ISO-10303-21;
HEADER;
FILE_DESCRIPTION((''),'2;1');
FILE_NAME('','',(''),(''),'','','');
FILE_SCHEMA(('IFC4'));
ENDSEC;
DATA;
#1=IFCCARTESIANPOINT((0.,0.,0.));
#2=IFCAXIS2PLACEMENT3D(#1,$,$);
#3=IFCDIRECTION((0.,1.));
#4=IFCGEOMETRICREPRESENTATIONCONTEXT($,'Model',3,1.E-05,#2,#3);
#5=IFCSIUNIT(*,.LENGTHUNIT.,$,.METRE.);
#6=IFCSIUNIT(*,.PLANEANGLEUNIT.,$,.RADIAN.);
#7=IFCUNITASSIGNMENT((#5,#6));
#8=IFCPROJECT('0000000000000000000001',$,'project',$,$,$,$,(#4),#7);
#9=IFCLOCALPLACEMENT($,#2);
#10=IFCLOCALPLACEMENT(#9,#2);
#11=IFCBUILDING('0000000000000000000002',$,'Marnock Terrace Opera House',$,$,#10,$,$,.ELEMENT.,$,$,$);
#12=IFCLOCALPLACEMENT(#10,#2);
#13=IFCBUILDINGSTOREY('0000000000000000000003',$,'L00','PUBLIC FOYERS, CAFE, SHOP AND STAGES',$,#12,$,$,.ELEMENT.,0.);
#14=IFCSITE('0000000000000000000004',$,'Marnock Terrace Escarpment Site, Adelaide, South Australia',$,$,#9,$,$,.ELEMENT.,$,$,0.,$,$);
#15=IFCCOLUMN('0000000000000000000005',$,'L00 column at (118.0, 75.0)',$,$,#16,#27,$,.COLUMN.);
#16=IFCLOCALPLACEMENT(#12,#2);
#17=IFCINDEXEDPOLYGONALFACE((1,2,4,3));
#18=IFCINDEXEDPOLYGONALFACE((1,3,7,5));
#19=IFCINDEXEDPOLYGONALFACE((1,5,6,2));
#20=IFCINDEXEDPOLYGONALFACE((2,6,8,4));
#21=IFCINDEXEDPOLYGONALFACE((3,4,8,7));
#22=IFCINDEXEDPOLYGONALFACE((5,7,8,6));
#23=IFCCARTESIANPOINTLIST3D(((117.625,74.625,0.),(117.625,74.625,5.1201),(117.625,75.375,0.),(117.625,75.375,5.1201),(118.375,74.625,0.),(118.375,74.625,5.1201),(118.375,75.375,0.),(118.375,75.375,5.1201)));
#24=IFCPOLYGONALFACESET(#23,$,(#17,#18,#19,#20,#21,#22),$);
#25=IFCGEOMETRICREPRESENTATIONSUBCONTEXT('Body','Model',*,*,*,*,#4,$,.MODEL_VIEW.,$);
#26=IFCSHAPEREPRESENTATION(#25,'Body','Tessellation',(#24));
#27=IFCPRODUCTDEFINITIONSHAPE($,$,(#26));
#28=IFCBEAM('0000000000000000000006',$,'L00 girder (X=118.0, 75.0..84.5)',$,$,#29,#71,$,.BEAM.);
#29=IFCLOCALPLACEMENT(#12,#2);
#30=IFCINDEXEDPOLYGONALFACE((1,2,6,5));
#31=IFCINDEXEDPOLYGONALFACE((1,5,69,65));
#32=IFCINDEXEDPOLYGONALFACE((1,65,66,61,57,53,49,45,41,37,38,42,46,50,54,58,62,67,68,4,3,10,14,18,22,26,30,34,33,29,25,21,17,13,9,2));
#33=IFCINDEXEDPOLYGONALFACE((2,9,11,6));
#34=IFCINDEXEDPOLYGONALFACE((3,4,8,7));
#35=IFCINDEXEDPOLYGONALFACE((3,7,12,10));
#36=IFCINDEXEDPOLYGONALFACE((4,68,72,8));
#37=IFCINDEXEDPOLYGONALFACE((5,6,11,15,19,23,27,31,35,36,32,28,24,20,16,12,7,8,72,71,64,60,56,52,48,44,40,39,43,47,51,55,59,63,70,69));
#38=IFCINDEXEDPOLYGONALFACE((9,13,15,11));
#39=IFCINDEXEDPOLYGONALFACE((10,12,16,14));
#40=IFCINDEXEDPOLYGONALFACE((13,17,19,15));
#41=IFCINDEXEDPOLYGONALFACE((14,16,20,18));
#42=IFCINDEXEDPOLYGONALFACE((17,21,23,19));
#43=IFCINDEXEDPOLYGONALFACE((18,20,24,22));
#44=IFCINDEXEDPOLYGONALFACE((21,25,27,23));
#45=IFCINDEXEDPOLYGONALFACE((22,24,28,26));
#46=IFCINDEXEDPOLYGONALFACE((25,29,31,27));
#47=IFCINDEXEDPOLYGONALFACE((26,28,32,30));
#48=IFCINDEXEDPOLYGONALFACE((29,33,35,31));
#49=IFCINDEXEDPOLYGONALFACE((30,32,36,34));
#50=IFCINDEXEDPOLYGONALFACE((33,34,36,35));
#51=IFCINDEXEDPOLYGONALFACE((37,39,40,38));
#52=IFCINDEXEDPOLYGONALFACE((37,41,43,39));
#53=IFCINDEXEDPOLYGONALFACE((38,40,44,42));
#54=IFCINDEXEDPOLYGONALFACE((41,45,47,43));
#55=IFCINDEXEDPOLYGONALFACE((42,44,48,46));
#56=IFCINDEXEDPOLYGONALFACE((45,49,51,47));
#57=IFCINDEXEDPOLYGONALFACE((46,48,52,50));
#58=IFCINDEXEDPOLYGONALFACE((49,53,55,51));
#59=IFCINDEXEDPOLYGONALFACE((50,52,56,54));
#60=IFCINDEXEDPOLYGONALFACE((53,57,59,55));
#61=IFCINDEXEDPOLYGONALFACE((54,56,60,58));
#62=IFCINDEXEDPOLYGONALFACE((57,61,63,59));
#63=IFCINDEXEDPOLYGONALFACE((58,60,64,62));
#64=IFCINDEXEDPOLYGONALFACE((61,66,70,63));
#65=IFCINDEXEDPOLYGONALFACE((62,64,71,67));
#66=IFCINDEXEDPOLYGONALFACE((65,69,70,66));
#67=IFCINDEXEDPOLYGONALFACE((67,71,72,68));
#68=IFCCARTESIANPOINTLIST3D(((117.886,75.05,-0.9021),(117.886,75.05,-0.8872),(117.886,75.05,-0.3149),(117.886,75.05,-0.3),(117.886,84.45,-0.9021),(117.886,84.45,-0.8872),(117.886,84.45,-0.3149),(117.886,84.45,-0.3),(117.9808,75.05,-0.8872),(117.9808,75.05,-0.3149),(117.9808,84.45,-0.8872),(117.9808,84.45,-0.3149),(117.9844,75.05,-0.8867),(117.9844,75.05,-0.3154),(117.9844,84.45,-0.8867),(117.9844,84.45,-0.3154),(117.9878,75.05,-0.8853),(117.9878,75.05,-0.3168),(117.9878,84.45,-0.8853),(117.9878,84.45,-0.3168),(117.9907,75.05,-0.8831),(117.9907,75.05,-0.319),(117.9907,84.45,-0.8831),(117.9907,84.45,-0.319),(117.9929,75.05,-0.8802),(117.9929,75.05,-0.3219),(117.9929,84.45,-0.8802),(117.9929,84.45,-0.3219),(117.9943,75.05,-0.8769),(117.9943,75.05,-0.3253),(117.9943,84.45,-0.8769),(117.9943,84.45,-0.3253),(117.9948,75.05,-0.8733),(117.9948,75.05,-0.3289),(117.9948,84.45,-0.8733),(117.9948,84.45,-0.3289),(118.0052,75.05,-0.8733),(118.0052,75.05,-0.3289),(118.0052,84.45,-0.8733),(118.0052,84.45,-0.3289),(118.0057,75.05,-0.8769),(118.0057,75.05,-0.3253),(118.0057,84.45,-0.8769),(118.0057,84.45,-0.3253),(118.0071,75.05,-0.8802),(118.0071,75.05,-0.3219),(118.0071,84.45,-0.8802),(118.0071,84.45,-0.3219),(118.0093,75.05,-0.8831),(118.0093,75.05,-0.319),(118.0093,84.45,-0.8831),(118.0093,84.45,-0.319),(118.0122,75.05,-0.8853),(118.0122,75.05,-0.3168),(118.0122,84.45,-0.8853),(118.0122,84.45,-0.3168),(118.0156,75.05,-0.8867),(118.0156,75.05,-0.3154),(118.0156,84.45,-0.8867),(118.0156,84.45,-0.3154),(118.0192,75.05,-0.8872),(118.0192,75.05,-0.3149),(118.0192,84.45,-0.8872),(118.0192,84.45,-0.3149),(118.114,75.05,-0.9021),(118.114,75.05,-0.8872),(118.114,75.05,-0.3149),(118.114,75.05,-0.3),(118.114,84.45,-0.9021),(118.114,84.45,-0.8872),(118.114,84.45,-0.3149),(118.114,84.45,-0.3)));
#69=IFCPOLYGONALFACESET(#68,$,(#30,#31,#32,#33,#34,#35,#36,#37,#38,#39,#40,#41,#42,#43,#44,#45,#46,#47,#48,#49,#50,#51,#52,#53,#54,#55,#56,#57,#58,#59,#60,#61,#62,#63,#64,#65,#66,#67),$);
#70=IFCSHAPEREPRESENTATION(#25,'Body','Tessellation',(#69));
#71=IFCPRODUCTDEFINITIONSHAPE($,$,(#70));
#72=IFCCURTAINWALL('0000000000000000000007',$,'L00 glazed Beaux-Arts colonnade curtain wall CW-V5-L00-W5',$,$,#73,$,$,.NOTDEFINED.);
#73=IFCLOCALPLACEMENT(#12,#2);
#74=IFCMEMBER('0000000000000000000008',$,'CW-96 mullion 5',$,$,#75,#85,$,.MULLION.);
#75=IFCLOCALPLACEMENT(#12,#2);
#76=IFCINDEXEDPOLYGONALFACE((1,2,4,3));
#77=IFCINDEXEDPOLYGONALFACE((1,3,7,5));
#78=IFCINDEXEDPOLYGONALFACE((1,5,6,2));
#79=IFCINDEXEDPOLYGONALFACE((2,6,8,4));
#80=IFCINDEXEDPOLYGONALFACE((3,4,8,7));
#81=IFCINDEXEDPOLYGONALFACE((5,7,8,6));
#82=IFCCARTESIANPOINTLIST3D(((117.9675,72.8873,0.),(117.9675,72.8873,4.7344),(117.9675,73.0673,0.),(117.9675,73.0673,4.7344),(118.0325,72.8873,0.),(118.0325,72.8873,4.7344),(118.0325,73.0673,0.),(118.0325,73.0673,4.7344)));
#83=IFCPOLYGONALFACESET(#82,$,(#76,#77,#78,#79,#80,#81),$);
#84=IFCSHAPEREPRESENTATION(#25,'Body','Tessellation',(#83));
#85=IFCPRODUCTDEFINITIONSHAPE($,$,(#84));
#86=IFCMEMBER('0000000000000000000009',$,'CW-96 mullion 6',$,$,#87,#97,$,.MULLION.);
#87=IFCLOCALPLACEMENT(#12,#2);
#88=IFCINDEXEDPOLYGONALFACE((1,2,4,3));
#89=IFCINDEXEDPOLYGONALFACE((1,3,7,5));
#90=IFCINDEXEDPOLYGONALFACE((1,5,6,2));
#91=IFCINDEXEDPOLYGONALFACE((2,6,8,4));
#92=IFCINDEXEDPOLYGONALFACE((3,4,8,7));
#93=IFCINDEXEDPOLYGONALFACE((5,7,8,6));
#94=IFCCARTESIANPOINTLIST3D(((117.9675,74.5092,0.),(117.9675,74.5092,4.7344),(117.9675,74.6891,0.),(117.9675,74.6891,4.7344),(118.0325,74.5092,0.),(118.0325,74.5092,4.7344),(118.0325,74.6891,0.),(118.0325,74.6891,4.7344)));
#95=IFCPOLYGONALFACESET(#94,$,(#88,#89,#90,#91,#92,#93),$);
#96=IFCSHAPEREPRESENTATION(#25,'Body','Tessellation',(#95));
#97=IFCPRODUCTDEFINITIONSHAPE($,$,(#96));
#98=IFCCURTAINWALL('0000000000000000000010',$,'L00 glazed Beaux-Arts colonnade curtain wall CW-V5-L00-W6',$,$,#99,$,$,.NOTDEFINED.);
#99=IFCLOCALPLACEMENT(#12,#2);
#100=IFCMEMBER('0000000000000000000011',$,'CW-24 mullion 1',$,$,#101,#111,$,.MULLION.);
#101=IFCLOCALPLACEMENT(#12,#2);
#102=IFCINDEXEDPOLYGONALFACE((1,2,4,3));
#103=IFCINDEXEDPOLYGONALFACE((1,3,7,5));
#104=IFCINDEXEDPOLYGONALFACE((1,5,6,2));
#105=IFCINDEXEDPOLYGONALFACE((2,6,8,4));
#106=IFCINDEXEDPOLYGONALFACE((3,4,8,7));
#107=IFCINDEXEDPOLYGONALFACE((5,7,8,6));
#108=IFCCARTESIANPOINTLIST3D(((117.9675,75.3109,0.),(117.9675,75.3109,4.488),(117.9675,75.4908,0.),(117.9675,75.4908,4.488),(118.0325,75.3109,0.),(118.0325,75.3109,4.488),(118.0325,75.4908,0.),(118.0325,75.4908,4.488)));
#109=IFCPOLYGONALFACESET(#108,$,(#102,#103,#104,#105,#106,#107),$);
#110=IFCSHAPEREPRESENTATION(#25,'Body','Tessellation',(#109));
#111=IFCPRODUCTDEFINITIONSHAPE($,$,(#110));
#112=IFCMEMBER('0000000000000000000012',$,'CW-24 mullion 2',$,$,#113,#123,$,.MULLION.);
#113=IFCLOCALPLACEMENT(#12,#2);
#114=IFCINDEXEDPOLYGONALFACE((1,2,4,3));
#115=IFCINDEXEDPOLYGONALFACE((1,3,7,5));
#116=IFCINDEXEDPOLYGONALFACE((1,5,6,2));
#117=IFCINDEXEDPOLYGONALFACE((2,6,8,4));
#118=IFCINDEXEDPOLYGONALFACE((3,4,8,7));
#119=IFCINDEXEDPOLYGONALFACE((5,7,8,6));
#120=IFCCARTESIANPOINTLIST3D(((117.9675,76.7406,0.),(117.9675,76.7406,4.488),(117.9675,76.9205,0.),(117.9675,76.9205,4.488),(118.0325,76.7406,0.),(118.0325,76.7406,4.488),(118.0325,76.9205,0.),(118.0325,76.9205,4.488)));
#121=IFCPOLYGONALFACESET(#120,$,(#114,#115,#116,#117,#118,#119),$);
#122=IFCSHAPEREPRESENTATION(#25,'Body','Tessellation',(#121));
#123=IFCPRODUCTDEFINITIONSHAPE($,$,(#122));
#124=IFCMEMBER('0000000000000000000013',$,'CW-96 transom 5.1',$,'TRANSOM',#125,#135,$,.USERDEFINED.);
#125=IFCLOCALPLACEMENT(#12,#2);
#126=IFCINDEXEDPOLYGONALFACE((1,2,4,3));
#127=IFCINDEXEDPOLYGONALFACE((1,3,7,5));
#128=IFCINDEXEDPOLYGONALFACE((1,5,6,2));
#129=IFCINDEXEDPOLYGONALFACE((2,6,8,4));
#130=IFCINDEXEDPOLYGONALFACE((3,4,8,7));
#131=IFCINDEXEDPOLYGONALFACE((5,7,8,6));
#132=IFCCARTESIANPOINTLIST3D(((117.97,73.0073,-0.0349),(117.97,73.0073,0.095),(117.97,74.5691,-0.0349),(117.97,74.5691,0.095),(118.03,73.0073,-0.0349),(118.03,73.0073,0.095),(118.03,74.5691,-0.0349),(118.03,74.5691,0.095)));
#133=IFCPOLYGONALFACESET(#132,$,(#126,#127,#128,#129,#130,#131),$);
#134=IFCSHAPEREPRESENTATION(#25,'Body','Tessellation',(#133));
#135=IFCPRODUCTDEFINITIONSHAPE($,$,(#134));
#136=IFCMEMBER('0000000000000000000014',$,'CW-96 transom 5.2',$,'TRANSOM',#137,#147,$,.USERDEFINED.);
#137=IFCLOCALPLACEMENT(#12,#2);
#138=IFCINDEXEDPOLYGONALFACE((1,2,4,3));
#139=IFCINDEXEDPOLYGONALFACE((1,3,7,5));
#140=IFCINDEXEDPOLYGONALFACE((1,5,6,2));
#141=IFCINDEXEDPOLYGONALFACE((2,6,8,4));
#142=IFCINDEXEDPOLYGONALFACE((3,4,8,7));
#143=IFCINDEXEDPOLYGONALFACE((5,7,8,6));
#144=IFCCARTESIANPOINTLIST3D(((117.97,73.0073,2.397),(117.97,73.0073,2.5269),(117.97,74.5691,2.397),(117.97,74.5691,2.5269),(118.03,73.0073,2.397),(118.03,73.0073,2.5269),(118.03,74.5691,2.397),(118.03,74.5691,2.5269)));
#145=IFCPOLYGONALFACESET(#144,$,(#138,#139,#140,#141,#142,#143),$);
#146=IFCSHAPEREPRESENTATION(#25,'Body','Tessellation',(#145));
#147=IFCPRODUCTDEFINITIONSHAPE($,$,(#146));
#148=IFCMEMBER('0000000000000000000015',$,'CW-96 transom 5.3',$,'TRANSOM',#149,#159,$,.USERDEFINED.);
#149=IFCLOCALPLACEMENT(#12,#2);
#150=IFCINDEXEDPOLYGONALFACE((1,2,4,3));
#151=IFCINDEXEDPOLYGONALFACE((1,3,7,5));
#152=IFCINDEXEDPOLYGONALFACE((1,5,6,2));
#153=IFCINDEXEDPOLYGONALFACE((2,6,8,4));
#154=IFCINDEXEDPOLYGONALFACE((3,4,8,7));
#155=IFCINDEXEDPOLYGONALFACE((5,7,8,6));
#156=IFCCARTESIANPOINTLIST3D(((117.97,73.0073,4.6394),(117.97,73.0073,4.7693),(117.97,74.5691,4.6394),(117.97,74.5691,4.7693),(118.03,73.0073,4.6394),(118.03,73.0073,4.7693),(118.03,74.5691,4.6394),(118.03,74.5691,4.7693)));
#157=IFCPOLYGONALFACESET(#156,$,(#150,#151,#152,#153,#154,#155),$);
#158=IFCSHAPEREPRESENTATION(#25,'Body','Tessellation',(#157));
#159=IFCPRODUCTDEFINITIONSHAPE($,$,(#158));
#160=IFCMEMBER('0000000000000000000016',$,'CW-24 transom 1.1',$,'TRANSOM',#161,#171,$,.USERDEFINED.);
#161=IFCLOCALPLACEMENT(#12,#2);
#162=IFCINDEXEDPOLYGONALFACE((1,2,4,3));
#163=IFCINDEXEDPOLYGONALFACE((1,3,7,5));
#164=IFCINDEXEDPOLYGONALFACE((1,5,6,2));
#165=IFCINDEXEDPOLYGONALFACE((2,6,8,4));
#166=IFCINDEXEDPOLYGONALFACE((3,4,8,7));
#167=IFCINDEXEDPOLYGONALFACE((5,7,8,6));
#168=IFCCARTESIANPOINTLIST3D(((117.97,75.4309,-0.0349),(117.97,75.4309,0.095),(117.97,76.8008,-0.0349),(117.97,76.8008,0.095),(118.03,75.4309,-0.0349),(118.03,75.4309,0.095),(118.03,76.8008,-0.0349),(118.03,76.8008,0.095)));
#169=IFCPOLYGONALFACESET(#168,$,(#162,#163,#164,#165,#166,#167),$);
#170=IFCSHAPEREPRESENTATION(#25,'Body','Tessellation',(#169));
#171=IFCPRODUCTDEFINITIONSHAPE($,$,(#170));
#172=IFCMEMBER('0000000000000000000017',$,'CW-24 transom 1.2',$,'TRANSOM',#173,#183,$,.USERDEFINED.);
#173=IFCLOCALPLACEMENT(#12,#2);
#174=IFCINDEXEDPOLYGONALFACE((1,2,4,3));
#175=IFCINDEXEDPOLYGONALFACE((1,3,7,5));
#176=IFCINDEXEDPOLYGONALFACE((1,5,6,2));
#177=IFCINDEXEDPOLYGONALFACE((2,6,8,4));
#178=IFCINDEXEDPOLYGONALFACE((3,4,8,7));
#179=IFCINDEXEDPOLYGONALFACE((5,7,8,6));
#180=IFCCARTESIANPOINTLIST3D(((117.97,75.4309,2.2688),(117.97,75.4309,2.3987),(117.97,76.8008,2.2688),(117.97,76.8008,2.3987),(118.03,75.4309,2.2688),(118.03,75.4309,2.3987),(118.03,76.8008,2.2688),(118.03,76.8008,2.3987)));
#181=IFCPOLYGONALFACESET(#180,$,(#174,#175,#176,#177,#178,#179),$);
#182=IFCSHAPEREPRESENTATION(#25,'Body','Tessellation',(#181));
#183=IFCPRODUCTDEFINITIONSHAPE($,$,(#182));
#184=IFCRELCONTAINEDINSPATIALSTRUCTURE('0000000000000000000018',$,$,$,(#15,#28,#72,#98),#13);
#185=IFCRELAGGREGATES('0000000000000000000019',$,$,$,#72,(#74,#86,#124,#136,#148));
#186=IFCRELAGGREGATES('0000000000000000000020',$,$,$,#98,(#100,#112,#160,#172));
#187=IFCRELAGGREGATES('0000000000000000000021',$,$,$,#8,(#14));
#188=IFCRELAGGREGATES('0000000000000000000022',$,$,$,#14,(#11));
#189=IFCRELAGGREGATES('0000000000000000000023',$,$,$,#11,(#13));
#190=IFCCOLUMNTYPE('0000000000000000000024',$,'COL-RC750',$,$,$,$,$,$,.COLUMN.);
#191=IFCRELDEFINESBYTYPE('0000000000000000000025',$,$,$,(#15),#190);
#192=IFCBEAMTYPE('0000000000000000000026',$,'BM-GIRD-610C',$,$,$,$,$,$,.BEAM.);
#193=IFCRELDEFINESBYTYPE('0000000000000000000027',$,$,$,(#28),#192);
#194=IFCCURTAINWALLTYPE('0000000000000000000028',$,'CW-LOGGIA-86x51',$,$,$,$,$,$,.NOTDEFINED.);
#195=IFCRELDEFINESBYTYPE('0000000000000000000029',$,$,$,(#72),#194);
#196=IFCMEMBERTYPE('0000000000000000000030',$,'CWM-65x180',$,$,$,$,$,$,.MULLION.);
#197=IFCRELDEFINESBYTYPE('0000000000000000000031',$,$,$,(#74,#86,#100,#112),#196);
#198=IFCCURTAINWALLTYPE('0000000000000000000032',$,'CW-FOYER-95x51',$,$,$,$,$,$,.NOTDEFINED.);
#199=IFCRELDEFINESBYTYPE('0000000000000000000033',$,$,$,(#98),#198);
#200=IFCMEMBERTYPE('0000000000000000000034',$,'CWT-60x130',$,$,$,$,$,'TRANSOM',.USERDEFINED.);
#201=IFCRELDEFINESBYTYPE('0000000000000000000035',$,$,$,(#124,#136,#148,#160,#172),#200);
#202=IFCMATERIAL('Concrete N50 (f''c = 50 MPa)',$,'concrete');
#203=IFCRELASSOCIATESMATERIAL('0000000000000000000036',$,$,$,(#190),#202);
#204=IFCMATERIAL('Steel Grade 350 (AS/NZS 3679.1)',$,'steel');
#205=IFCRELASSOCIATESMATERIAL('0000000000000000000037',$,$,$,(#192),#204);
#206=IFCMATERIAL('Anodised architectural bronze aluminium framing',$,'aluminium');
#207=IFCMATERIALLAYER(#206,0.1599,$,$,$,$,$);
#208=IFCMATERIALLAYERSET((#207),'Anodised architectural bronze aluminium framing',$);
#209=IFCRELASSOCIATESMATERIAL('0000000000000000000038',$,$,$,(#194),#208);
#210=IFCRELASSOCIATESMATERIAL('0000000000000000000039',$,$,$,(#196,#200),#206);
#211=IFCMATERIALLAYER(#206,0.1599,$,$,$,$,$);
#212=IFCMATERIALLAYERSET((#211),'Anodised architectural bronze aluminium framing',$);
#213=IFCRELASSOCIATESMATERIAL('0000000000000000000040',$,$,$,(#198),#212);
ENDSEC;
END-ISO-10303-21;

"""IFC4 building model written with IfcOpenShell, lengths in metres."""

from ifc_helpers import new_model, si_unit, direction, frame, origin, origin_2d, place, context, subcontext, project, spatial, rectangle, i_section, extrude, material, layer, layer_set, material_profile, profile_set, type_object, element, aggregate, save


model = new_model("IFC4")

# Units and contexts
model_context = context("Model", 3, precision=1e-05, world=origin(), true_north=direction((0.0, 1.0)))
body_context = subcontext(model_context, "Body", "Model", "MODEL_VIEW")
ifc_project = project(units=[si_unit("LENGTHUNIT", "METRE"), si_unit("PLANEANGLEUNIT", "RADIAN")], contexts=[model_context])

# Site, building, storey
site_placement = place(None, origin())
site = spatial("IfcSite", under=ifc_project, at=site_placement, Name="Marnock Terrace Escarpment Site, Adelaide, South Australia", CompositionType="ELEMENT", RefElevation=0.0)
building_placement = place(site_placement, origin())
building = spatial("IfcBuilding", under=site, at=building_placement, Name="Marnock Terrace Opera House", CompositionType="ELEMENT")
storey_placement = place(building_placement, origin())
storey = spatial("IfcBuildingStorey", under=building, at=storey_placement, Name="L00", Description="PUBLIC FOYERS, CAFE, SHOP AND STAGES", CompositionType="ELEMENT", Elevation=0.0)

# Column
ifc_material_1 = material(Name="Concrete N50 (f'c = 50 MPa)", Category="concrete")
ifc_material_profile_1 = material_profile(ifc_material_1, rectangle(XDim=0.75, YDim=0.75, at=origin_2d()))
ifc_profile_set_1 = profile_set([ifc_material_profile_1], Name="Concrete N50 (f'c = 50 MPa)")
column_type = type_object("IfcColumnType", Name="COL-RC750", PredefinedType="COLUMN", material=ifc_profile_set_1)
column_placement = place(storey_placement, frame((118.0, 75.0, 0.0), z_axis=(0.0, 0.0, 1.0), x_axis=(1.0, 0.0, 0.0)))
element("IfcColumn", 1, at=column_placement, inside=storey, type_object=column_type, Name="L00 column at (118.0, 75.0)", PredefinedType="COLUMN", context=body_context, shape_type="SweptSolid", body=[
    extrude(rectangle(XDim=0.75, YDim=0.75, at=origin_2d()), origin(), (0.0, 0.0, 1.0), 5.1201),
])

# Beam
ifc_material_2 = material(Name="Steel Grade 350 (AS/NZS 3679.1)", Category="steel")
ifc_material_profile_2 = material_profile(ifc_material_2, i_section(OverallWidth=0.228, OverallDepth=0.6021, WebThickness=0.0105, FlangeThickness=0.0149, FilletRadius=0.0139, at=origin_2d()))
ifc_profile_set_2 = profile_set([ifc_material_profile_2], Name="Steel Grade 350 (AS/NZS 3679.1)")
beam_type = type_object("IfcBeamType", Name="BM-GIRD-610C", PredefinedType="BEAM", material=ifc_profile_set_2)
beam_placement = place(storey_placement, frame((118.0, 75.05, -0.6011), z_axis=(0.0, 1.0, 0.0), x_axis=(-1.0, 0.0, 0.0)))
element("IfcBeam", 2, at=beam_placement, inside=storey, type_object=beam_type, Name="L00 girder (X=118.0, 75.0..84.5)", PredefinedType="BEAM", context=body_context, shape_type="SweptSolid", body=[
    extrude(i_section(OverallWidth=0.228, OverallDepth=0.6021, WebThickness=0.0105, FlangeThickness=0.0149, FilletRadius=0.0139, at=origin_2d()), origin(), (0.0, 0.0, 1.0), 9.3999),
])

# Curtain walls, members
ifc_material_3 = material(Name="Anodised architectural bronze aluminium framing", Category="aluminium")
ifc_layer_1 = layer(ifc_material_3, 0.1599)
ifc_layer_set_1 = layer_set([ifc_layer_1], Name="Anodised architectural bronze aluminium framing")
curtain_wall_type_1 = type_object("IfcCurtainWallType", Name="CW-LOGGIA-86x51", PredefinedType="NOTDEFINED", material=ifc_layer_set_1)
curtain_wall_1_placement = place(storey_placement, origin())
curtain_wall_1 = element("IfcCurtainWall", 3, at=curtain_wall_1_placement, inside=storey, type_object=curtain_wall_type_1, Name="L00 glazed Beaux-Arts colonnade curtain wall CW-V5-L00-W5", PredefinedType="NOTDEFINED")
ifc_material_profile_3 = material_profile(ifc_material_3, rectangle(XDim=0.0649, YDim=0.1799, at=origin_2d()))
ifc_profile_set_3 = profile_set([ifc_material_profile_3], Name="Anodised architectural bronze aluminium framing")
member_type_1 = type_object("IfcMemberType", Name="CWM-65x180", PredefinedType="MULLION", material=ifc_profile_set_3)
member_1_placement = place(storey_placement, frame((118.0, 72.9773, 0.0), z_axis=(0.0, 0.0, 1.0), x_axis=(-1.0, 0.0, 0.0)))
member_1 = element("IfcMember", 4, at=member_1_placement, type_object=member_type_1, Name="CW-96 mullion 5", PredefinedType="MULLION", context=body_context, shape_type="SweptSolid", body=[
    extrude(rectangle(XDim=0.0649, YDim=0.1799, at=origin_2d()), origin(), (0.0, 0.0, 1.0), 4.7344),
])
member_2_placement = place(storey_placement, frame((118.0, 74.5991, 0.0), z_axis=(0.0, 0.0, 1.0), x_axis=(-1.0, 0.0, 0.0)))
member_2 = element("IfcMember", 5, at=member_2_placement, type_object=member_type_1, Name="CW-96 mullion 6", PredefinedType="MULLION", context=body_context, shape_type="SweptSolid", body=[
    extrude(rectangle(XDim=0.0649, YDim=0.1799, at=origin_2d()), origin(), (0.0, 0.0, 1.0), 4.7344),
])
ifc_layer_2 = layer(ifc_material_3, 0.1599)
ifc_layer_set_2 = layer_set([ifc_layer_2], Name="Anodised architectural bronze aluminium framing")
curtain_wall_type_2 = type_object("IfcCurtainWallType", Name="CW-FOYER-95x51", PredefinedType="NOTDEFINED", material=ifc_layer_set_2)
curtain_wall_2_placement = place(storey_placement, origin())
curtain_wall_2 = element("IfcCurtainWall", 6, at=curtain_wall_2_placement, inside=storey, type_object=curtain_wall_type_2, Name="L00 glazed Beaux-Arts colonnade curtain wall CW-V5-L00-W6", PredefinedType="NOTDEFINED")
member_3_placement = place(storey_placement, frame((118.0, 75.4009, 0.0), z_axis=(0.0, 0.0, 1.0), x_axis=(-1.0, 0.0, 0.0)))
member_3 = element("IfcMember", 7, at=member_3_placement, type_object=member_type_1, Name="CW-24 mullion 1", PredefinedType="MULLION", context=body_context, shape_type="SweptSolid", body=[
    extrude(rectangle(XDim=0.0649, YDim=0.1799, at=origin_2d()), origin(), (0.0, 0.0, 1.0), 4.488),
])
member_4_placement = place(storey_placement, frame((118.0, 76.8306, 0.0), z_axis=(0.0, 0.0, 1.0), x_axis=(-1.0, 0.0, 0.0)))
member_4 = element("IfcMember", 8, at=member_4_placement, type_object=member_type_1, Name="CW-24 mullion 2", PredefinedType="MULLION", context=body_context, shape_type="SweptSolid", body=[
    extrude(rectangle(XDim=0.0649, YDim=0.1799, at=origin_2d()), origin(), (0.0, 0.0, 1.0), 4.488),
])

# Members
ifc_material_profile_4 = material_profile(ifc_material_3, rectangle(XDim=0.0601, YDim=0.1299, at=origin_2d()))
ifc_profile_set_4 = profile_set([ifc_material_profile_4], Name="Anodised architectural bronze aluminium framing")
member_type_2 = type_object("IfcMemberType", Name="CWT-60x130", ElementType="TRANSOM", PredefinedType="USERDEFINED", material=ifc_profile_set_4)
member_5_placement = place(storey_placement, frame((118.0, 73.0073, 0.03), z_axis=(0.0, 1.0, 0.0), x_axis=(-1.0, 0.0, 0.0)))
member_5 = element("IfcMember", 9, at=member_5_placement, type_object=member_type_2, Name="CW-96 transom 5.1", ObjectType="TRANSOM", PredefinedType="USERDEFINED", context=body_context, shape_type="SweptSolid", body=[
    extrude(rectangle(XDim=0.0601, YDim=0.1299, at=origin_2d()), origin(), (0.0, 0.0, 1.0), 1.5618),
])
member_6_placement = place(storey_placement, frame((118.0, 73.0073, 2.4619), z_axis=(0.0, 1.0, 0.0), x_axis=(-1.0, 0.0, 0.0)))
member_6 = element("IfcMember", 10, at=member_6_placement, type_object=member_type_2, Name="CW-96 transom 5.2", ObjectType="TRANSOM", PredefinedType="USERDEFINED", context=body_context, shape_type="SweptSolid", body=[
    extrude(rectangle(XDim=0.0601, YDim=0.1299, at=origin_2d()), origin(), (0.0, 0.0, 1.0), 1.5618),
])
member_7_placement = place(storey_placement, frame((118.0, 73.0073, 4.7043), z_axis=(0.0, 1.0, 0.0), x_axis=(-1.0, 0.0, 0.0)))
member_7 = element("IfcMember", 11, at=member_7_placement, type_object=member_type_2, Name="CW-96 transom 5.3", ObjectType="TRANSOM", PredefinedType="USERDEFINED", context=body_context, shape_type="SweptSolid", body=[
    extrude(rectangle(XDim=0.0601, YDim=0.1299, at=origin_2d()), origin(), (0.0, 0.0, 1.0), 1.5618),
])
member_8_placement = place(storey_placement, frame((118.0, 75.4309, 0.03), z_axis=(0.0, 1.0, 0.0), x_axis=(-1.0, 0.0, 0.0)))
member_8 = element("IfcMember", 12, at=member_8_placement, type_object=member_type_2, Name="CW-24 transom 1.1", ObjectType="TRANSOM", PredefinedType="USERDEFINED", context=body_context, shape_type="SweptSolid", body=[
    extrude(rectangle(XDim=0.0601, YDim=0.1299, at=origin_2d()), origin(), (0.0, 0.0, 1.0), 1.3699),
])
member_9_placement = place(storey_placement, frame((118.0, 75.4309, 2.3337), z_axis=(0.0, 1.0, 0.0), x_axis=(-1.0, 0.0, 0.0)))
member_9 = element("IfcMember", 13, at=member_9_placement, type_object=member_type_2, Name="CW-24 transom 1.2", ObjectType="TRANSOM", PredefinedType="USERDEFINED", context=body_context, shape_type="SweptSolid", body=[
    extrude(rectangle(XDim=0.0601, YDim=0.1299, at=origin_2d()), origin(), (0.0, 0.0, 1.0), 1.3699),
])

aggregate(curtain_wall_1, [member_1, member_2, member_5, member_6, member_7])
aggregate(curtain_wall_2, [member_3, member_4, member_8, member_9])

save(model, "model.ifc")
